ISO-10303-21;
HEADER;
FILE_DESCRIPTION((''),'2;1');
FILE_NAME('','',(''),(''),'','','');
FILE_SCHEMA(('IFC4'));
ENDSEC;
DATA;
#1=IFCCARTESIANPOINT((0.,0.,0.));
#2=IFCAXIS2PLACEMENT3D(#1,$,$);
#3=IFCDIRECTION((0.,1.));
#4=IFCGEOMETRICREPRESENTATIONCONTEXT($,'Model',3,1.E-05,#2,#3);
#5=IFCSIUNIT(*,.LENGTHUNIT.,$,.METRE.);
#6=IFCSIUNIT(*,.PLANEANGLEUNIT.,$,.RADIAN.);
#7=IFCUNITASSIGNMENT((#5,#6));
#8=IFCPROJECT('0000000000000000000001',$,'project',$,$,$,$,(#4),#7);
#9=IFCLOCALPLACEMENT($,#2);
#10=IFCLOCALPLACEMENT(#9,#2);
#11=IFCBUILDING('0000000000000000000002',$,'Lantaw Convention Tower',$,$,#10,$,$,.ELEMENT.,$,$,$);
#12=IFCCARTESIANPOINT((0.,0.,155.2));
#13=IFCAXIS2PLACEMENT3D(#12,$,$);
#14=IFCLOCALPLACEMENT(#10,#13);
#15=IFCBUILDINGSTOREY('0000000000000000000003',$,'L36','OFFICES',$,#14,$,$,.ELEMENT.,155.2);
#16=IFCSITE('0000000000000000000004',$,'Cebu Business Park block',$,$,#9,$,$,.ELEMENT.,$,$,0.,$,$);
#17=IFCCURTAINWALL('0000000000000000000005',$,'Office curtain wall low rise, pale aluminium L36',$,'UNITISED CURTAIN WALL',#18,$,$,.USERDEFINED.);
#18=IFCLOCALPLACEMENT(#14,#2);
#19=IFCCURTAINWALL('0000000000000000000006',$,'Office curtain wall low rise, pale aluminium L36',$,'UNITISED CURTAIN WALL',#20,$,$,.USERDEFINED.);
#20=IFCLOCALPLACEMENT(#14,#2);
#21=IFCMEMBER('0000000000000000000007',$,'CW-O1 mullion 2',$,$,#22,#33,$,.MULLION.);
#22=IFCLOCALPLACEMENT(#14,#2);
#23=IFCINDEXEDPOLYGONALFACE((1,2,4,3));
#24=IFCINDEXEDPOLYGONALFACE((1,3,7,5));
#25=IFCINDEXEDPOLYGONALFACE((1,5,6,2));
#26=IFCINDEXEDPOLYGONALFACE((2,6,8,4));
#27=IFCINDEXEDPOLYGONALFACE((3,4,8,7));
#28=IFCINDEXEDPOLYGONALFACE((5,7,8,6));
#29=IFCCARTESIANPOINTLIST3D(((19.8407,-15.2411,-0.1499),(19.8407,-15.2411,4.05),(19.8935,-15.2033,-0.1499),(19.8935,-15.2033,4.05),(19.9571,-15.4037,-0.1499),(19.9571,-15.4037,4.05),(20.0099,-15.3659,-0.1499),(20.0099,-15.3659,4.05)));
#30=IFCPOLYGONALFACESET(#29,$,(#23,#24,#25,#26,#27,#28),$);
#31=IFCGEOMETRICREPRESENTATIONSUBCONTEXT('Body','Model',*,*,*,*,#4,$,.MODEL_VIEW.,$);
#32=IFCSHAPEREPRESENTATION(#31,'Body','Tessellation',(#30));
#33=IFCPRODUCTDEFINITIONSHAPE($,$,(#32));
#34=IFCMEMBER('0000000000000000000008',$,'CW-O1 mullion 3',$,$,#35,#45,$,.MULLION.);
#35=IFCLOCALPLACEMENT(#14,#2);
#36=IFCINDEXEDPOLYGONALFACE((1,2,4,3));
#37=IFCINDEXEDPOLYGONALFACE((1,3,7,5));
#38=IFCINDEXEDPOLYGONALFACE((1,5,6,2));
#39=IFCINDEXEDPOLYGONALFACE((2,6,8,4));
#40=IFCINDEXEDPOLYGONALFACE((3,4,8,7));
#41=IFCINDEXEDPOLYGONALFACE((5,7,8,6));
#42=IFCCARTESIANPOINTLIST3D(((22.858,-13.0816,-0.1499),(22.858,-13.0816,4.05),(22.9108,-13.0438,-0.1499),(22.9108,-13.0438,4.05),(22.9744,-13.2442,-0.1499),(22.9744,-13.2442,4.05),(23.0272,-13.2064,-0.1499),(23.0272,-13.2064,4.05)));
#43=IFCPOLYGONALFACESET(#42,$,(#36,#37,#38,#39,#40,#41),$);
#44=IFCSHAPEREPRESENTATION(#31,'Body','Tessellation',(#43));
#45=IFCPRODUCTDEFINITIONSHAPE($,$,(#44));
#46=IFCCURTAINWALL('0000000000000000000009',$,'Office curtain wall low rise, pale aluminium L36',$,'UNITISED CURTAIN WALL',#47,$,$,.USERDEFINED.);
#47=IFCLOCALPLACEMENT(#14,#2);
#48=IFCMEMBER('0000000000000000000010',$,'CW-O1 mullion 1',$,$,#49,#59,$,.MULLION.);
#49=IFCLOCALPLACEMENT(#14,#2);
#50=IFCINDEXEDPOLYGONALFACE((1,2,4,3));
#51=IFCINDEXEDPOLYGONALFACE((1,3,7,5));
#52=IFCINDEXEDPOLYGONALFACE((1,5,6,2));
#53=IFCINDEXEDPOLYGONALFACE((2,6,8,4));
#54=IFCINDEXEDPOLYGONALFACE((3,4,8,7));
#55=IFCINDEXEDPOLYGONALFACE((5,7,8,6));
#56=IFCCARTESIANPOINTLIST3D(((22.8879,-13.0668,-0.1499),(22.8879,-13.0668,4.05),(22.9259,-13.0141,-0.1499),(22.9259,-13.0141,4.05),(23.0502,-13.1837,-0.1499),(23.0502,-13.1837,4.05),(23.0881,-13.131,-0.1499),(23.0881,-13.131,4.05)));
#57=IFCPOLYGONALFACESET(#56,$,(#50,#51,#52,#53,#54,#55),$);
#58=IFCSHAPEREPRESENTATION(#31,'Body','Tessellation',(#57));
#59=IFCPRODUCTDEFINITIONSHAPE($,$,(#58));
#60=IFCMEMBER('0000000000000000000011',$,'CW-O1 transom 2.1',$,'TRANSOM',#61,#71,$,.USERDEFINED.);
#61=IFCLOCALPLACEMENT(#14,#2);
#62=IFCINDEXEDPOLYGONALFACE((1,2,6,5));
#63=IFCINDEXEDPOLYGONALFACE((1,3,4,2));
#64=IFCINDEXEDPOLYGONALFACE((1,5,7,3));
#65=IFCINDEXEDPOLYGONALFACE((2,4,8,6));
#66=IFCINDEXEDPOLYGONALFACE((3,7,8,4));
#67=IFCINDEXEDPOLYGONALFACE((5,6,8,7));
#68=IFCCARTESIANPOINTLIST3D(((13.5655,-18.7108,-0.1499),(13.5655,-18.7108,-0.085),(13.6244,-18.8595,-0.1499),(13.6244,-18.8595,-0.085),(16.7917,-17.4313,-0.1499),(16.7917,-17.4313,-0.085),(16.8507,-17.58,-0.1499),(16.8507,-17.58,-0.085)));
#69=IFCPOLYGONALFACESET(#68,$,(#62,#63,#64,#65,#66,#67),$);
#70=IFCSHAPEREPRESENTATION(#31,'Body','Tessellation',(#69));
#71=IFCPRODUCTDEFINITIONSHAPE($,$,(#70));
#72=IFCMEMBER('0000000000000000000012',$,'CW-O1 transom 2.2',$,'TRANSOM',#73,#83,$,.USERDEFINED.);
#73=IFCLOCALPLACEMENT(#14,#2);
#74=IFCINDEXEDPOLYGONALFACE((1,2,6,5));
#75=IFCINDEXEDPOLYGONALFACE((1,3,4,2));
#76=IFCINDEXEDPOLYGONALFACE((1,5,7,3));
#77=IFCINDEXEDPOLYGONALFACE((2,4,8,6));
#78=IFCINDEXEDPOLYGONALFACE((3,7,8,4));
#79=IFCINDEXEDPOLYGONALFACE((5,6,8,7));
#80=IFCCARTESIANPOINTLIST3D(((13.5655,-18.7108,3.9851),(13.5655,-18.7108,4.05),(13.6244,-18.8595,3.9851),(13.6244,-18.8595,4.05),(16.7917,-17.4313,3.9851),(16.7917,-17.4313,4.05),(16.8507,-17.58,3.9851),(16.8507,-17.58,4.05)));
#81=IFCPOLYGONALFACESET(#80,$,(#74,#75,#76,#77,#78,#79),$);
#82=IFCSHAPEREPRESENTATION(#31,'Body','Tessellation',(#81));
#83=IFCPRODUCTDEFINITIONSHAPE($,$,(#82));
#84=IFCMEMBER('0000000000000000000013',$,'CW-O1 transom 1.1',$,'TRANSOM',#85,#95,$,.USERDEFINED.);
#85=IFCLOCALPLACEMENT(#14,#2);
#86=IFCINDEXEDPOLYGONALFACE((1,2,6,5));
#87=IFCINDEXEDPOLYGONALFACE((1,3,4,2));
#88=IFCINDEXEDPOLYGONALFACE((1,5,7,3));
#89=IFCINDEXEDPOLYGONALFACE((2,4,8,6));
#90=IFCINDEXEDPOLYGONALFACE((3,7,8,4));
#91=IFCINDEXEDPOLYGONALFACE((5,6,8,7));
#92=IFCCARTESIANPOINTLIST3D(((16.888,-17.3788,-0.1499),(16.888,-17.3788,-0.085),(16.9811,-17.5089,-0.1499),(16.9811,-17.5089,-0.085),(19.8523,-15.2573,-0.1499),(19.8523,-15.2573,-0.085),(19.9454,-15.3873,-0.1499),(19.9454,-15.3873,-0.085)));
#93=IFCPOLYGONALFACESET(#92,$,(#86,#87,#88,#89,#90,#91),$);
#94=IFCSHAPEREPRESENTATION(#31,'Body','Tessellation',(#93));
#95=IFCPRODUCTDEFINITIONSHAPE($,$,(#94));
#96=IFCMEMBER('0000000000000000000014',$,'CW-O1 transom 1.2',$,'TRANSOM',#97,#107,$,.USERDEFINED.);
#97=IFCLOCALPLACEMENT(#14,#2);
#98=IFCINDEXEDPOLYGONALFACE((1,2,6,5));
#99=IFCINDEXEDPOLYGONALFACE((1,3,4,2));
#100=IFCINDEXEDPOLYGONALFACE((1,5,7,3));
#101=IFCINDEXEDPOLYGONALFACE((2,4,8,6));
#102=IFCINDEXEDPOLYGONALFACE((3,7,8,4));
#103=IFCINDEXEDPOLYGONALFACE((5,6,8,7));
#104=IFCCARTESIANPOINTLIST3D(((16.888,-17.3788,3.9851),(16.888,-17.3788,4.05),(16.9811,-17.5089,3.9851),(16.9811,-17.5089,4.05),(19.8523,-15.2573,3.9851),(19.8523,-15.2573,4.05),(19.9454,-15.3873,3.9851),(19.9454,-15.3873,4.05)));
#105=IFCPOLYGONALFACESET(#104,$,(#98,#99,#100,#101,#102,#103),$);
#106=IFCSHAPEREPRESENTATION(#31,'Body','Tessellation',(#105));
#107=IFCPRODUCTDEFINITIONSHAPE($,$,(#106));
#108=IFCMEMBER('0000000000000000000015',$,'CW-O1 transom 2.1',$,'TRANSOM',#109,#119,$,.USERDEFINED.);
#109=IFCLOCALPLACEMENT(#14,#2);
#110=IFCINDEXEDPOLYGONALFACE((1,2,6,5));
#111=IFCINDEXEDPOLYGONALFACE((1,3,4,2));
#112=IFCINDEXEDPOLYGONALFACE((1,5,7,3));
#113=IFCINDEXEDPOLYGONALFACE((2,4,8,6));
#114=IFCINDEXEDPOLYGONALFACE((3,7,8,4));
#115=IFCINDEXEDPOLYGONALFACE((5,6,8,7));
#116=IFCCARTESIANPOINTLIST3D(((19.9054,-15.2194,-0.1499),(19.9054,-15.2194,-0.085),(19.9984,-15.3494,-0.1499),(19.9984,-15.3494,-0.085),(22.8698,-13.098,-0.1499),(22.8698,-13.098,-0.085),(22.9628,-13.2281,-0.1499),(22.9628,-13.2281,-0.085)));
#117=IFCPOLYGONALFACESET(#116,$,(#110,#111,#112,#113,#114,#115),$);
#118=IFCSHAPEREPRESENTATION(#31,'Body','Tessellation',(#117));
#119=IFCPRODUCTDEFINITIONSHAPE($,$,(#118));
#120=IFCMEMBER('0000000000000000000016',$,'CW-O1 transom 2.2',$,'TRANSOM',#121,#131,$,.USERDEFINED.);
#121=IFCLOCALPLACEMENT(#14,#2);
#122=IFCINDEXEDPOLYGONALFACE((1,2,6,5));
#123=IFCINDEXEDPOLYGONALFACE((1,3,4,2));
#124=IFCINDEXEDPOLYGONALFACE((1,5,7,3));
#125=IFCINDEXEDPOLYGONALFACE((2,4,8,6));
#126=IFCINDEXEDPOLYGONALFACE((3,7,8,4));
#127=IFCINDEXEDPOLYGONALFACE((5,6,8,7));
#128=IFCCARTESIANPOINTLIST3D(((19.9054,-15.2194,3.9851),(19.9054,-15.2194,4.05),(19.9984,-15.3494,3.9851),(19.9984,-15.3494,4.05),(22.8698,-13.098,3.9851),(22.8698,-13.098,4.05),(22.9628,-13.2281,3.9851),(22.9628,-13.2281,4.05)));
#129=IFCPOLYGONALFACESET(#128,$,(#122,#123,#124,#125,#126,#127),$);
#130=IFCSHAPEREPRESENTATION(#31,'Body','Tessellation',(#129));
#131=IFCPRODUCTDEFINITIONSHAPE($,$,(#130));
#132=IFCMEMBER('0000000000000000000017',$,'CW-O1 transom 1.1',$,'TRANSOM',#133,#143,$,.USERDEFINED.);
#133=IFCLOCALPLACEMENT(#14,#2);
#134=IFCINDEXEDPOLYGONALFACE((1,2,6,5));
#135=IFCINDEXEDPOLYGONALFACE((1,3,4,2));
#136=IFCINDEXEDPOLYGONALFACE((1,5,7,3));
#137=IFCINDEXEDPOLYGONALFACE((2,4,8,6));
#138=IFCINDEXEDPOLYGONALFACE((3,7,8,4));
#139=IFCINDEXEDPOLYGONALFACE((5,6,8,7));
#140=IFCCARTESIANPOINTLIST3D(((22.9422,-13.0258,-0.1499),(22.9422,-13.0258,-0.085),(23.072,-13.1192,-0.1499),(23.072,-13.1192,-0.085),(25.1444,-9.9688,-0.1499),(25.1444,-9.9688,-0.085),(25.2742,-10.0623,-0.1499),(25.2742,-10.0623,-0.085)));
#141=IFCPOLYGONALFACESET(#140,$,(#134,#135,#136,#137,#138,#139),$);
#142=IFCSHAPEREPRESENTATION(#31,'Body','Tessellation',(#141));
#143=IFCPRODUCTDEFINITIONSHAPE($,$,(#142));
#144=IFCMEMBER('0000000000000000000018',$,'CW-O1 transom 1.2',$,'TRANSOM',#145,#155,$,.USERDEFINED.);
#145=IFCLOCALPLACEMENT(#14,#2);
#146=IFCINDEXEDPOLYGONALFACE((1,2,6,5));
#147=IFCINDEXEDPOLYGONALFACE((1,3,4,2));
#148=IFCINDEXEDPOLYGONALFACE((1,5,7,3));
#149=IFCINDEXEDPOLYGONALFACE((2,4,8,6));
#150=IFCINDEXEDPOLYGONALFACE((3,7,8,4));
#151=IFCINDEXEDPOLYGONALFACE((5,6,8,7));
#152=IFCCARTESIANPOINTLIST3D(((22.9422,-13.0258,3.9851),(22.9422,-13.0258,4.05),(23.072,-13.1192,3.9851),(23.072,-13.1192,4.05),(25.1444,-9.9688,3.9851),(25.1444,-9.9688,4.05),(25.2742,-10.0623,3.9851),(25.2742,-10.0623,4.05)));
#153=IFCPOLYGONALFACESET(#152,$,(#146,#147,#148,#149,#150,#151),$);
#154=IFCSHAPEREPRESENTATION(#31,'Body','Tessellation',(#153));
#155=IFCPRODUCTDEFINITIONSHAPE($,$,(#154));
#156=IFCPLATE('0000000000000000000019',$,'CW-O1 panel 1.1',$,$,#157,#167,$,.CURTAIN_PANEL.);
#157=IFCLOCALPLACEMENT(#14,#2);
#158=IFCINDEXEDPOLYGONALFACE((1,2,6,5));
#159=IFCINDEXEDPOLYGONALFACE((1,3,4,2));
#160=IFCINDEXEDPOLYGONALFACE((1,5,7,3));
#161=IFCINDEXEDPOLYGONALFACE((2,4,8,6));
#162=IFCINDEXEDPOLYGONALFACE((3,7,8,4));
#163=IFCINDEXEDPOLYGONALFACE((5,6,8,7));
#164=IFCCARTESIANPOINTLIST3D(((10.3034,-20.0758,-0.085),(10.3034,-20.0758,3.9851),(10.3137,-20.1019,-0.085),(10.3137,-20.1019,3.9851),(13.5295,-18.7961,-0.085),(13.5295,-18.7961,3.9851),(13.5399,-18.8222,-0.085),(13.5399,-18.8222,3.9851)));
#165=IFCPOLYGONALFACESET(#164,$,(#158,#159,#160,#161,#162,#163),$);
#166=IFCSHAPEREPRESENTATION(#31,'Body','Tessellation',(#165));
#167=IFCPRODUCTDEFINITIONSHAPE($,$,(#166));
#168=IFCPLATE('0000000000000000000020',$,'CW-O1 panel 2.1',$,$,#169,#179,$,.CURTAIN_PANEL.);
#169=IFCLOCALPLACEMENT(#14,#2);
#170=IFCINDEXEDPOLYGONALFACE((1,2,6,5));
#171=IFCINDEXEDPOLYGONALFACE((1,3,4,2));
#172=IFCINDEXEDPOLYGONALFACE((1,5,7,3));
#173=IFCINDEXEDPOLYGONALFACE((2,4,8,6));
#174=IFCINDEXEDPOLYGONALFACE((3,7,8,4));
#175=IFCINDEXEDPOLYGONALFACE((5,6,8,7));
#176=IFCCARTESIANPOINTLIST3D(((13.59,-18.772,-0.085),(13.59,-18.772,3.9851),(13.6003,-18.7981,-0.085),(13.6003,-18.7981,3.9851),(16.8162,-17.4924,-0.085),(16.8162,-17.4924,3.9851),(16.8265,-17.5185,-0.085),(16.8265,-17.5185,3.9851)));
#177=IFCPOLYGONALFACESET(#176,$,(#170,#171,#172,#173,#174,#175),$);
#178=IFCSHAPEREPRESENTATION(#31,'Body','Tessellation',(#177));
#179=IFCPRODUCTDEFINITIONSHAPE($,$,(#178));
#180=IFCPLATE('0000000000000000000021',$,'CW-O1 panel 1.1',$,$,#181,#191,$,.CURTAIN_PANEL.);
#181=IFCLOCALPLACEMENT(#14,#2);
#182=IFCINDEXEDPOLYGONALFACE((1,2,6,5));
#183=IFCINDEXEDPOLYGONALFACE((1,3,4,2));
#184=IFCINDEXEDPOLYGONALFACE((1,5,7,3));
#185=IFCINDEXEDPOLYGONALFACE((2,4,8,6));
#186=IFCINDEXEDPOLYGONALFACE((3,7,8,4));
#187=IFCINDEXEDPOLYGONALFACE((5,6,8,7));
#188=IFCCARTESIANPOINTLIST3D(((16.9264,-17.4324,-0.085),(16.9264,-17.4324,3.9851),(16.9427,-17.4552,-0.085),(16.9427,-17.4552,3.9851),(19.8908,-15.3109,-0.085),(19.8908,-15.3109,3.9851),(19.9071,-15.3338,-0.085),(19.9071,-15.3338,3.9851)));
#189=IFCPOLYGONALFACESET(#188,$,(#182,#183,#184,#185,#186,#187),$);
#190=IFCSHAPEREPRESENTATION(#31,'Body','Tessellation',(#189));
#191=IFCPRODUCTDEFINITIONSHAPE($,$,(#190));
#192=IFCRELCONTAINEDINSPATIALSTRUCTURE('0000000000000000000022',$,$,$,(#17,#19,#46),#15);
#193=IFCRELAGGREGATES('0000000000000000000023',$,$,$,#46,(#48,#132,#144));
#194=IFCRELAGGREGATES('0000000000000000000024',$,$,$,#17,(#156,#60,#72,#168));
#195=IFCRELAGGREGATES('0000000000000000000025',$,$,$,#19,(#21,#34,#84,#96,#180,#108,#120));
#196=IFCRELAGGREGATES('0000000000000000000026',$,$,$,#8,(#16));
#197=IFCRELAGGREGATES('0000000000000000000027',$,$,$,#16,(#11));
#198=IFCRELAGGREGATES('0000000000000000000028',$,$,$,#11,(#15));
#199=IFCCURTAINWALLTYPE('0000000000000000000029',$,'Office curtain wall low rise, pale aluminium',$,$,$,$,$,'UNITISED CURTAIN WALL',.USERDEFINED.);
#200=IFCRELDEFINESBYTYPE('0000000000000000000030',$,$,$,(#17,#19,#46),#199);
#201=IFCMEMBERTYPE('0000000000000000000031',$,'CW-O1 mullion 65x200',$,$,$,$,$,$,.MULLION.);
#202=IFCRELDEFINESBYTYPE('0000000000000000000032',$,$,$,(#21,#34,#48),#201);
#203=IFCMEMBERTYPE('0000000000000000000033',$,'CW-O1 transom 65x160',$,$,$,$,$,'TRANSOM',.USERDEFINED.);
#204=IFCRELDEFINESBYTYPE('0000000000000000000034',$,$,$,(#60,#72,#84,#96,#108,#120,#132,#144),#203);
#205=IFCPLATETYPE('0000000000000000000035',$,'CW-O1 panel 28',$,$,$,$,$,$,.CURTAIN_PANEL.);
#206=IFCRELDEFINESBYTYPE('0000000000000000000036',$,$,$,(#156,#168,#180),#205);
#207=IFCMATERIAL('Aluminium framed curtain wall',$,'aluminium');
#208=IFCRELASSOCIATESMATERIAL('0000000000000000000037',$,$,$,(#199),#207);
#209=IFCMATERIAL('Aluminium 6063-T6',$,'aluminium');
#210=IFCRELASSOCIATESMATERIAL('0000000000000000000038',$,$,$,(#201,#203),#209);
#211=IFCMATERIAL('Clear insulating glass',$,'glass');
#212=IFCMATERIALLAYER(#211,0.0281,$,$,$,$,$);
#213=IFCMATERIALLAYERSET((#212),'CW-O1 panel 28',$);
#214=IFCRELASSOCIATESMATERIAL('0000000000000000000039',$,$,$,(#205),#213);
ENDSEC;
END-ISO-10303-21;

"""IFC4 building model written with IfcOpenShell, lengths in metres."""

from ifc_helpers import new_model, si_unit, direction, frame, origin, origin_2d, place, context, subcontext, project, spatial, rectangle, extrude, material, layer, layer_set, material_profile, profile_set, type_object, element, aggregate, save


model = new_model("IFC4")

# Units and contexts
model_context = context("Model", 3, precision=1e-05, world=origin(), true_north=direction((0.0, 1.0)))
body_context = subcontext(model_context, "Body", "Model", "MODEL_VIEW")
ifc_project = project(units=[si_unit("LENGTHUNIT", "METRE"), si_unit("PLANEANGLEUNIT", "RADIAN")], contexts=[model_context])

# Site, building, storey
site_placement = place(None, origin())
site = spatial("IfcSite", under=ifc_project, at=site_placement, Name="Cebu Business Park block", CompositionType="ELEMENT", RefElevation=0.0)
building_placement = place(site_placement, origin())
building = spatial("IfcBuilding", under=site, at=building_placement, Name="Lantaw Convention Tower", CompositionType="ELEMENT")
storey_placement = place(building_placement, frame((0.0, 0.0, 155.2)))
storey = spatial("IfcBuildingStorey", under=building, at=storey_placement, Name="L36", Description="OFFICES", CompositionType="ELEMENT", Elevation=155.2)

# Curtain walls, members
ifc_material_1 = material(Name="Aluminium framed curtain wall", Category="aluminium")
curtain_wall_type = type_object("IfcCurtainWallType", Name="Office curtain wall low rise, pale aluminium", ElementType="UNITISED CURTAIN WALL", PredefinedType="USERDEFINED", material=ifc_material_1)
curtain_wall_1_placement = place(storey_placement, origin())
curtain_wall_1 = element("IfcCurtainWall", 1, at=curtain_wall_1_placement, inside=storey, type_object=curtain_wall_type, Name="Office curtain wall low rise, pale aluminium L36", ObjectType="UNITISED CURTAIN WALL", PredefinedType="USERDEFINED")
ifc_material_2 = material(Name="Aluminium 6063-T6", Category="aluminium")
ifc_material_profile_1 = material_profile(ifc_material_2, rectangle(XDim=0.2, YDim=0.0649, at=origin_2d()), Name="CW-O1 mullion 65x200")
ifc_profile_set_1 = profile_set([ifc_material_profile_1], Name="Aluminium 6063-T6")
member_type_1 = type_object("IfcMemberType", Name="CW-O1 mullion 65x200", PredefinedType="MULLION", material=ifc_profile_set_1)
curtain_wall_2_placement = place(storey_placement, origin())
curtain_wall_2 = element("IfcCurtainWall", 2, at=curtain_wall_2_placement, inside=storey, type_object=curtain_wall_type, Name="Office curtain wall low rise, pale aluminium L36", ObjectType="UNITISED CURTAIN WALL", PredefinedType="USERDEFINED")
member_1_placement = place(storey_placement, frame((19.9253, -15.3035, -0.1499), z_axis=(0.0, 0.0, 1.0), x_axis=(-0.581973, 0.813208, 0.0)))
member_1 = element("IfcMember", 3, at=member_1_placement, type_object=member_type_1, Name="CW-O1 mullion 2", PredefinedType="MULLION", context=body_context, shape_type="SweptSolid", body=[
    extrude(rectangle(XDim=0.2, YDim=0.0649, at=origin_2d()), origin(), (0.0, 0.0, 1.0), 4.2),
])
member_2_placement = place(storey_placement, frame((22.9426, -13.144, -0.1499), z_axis=(0.0, 0.0, 1.0), x_axis=(-0.581973, 0.813208, 0.0)))
member_2 = element("IfcMember", 4, at=member_2_placement, type_object=member_type_1, Name="CW-O1 mullion 3", PredefinedType="MULLION", context=body_context, shape_type="SweptSolid", body=[
    extrude(rectangle(XDim=0.2, YDim=0.0649, at=origin_2d()), origin(), (0.0, 0.0, 1.0), 4.2),
])

# Curtain wall, member
curtain_wall_3_placement = place(storey_placement, origin())
curtain_wall_3 = element("IfcCurtainWall", 5, at=curtain_wall_3_placement, inside=storey, type_object=curtain_wall_type, Name="Office curtain wall low rise, pale aluminium L36", ObjectType="UNITISED CURTAIN WALL", PredefinedType="USERDEFINED")
member_3_placement = place(storey_placement, frame((22.988, -13.0989, -0.1499), z_axis=(0.0, 0.0, 1.0), x_axis=(-0.811385, 0.584513, 0.0)))
member_3 = element("IfcMember", 6, at=member_3_placement, type_object=member_type_1, Name="CW-O1 mullion 1", PredefinedType="MULLION", context=body_context, shape_type="SweptSolid", body=[
    extrude(rectangle(XDim=0.2, YDim=0.0649, at=origin_2d()), origin(), (0.0, 0.0, 1.0), 4.2),
])

# Members
ifc_material_profile_2 = material_profile(ifc_material_2, rectangle(XDim=0.1599, YDim=0.0649, at=origin_2d()), Name="CW-O1 transom 65x160")
ifc_profile_set_2 = profile_set([ifc_material_profile_2], Name="Aluminium 6063-T6")
member_type_2 = type_object("IfcMemberType", Name="CW-O1 transom 65x160", ElementType="TRANSOM", PredefinedType="USERDEFINED", material=ifc_profile_set_2)
member_4_placement = place(storey_placement, frame((13.595, -18.7852, -0.1174), z_axis=(0.929564, 0.36866, 0.0), x_axis=(-0.36866, 0.929564, 0.0)))
member_4 = element("IfcMember", 7, at=member_4_placement, type_object=member_type_2, Name="CW-O1 transom 2.1", ObjectType="TRANSOM", PredefinedType="USERDEFINED", context=body_context, shape_type="SweptSolid", body=[
    extrude(rectangle(XDim=0.1599, YDim=0.0649, at=origin_2d()), origin(), (0.0, 0.0, 1.0), 3.4707),
])
member_5_placement = place(storey_placement, frame((13.595, -18.7852, 4.0176), z_axis=(0.929564, 0.36866, 0.0), x_axis=(-0.36866, 0.929564, 0.0)))
member_5 = element("IfcMember", 8, at=member_5_placement, type_object=member_type_2, Name="CW-O1 transom 2.2", ObjectType="TRANSOM", PredefinedType="USERDEFINED", context=body_context, shape_type="SweptSolid", body=[
    extrude(rectangle(XDim=0.1599, YDim=0.0649, at=origin_2d()), origin(), (0.0, 0.0, 1.0), 3.4707),
])
member_6_placement = place(storey_placement, frame((16.9346, -17.4438, -0.1174), z_axis=(0.81319, 0.581998, 0.0), x_axis=(-0.581998, 0.81319, 0.0)))
member_6 = element("IfcMember", 9, at=member_6_placement, type_object=member_type_2, Name="CW-O1 transom 1.1", ObjectType="TRANSOM", PredefinedType="USERDEFINED", context=body_context, shape_type="SweptSolid", body=[
    extrude(rectangle(XDim=0.1599, YDim=0.0649, at=origin_2d()), origin(), (0.0, 0.0, 1.0), 3.6453),
])
member_7_placement = place(storey_placement, frame((16.9346, -17.4438, 4.0176), z_axis=(0.81319, 0.581998, 0.0), x_axis=(-0.581998, 0.81319, 0.0)))
member_7 = element("IfcMember", 10, at=member_7_placement, type_object=member_type_2, Name="CW-O1 transom 1.2", ObjectType="TRANSOM", PredefinedType="USERDEFINED", context=body_context, shape_type="SweptSolid", body=[
    extrude(rectangle(XDim=0.1599, YDim=0.0649, at=origin_2d()), origin(), (0.0, 0.0, 1.0), 3.6453),
])
member_8_placement = place(storey_placement, frame((19.9519, -15.2844, -0.1174), z_axis=(0.813222, 0.581954, 0.0), x_axis=(-0.581954, 0.813222, 0.0)))
member_8 = element("IfcMember", 11, at=member_8_placement, type_object=member_type_2, Name="CW-O1 transom 2.1", ObjectType="TRANSOM", PredefinedType="USERDEFINED", context=body_context, shape_type="SweptSolid", body=[
    extrude(rectangle(XDim=0.1599, YDim=0.0649, at=origin_2d()), origin(), (0.0, 0.0, 1.0), 3.6453),
])
member_9_placement = place(storey_placement, frame((19.9519, -15.2844, 4.0176), z_axis=(0.813222, 0.581954, 0.0), x_axis=(-0.581954, 0.813222, 0.0)))
member_9 = element("IfcMember", 12, at=member_9_placement, type_object=member_type_2, Name="CW-O1 transom 2.2", ObjectType="TRANSOM", PredefinedType="USERDEFINED", context=body_context, shape_type="SweptSolid", body=[
    extrude(rectangle(XDim=0.1599, YDim=0.0649, at=origin_2d()), origin(), (0.0, 0.0, 1.0), 3.6453),
])
member_10_placement = place(storey_placement, frame((23.0071, -13.0725, -0.1174), z_axis=(0.584513, 0.811384, 0.0), x_axis=(-0.811384, 0.584513, 0.0)))
member_10 = element("IfcMember", 13, at=member_10_placement, type_object=member_type_2, Name="CW-O1 transom 1.1", ObjectType="TRANSOM", PredefinedType="USERDEFINED", context=body_context, shape_type="SweptSolid", body=[
    extrude(rectangle(XDim=0.1599, YDim=0.0649, at=origin_2d()), origin(), (0.0, 0.0, 1.0), 3.7676),
])
member_11_placement = place(storey_placement, frame((23.0071, -13.0725, 4.0176), z_axis=(0.584513, 0.811384, 0.0), x_axis=(-0.811384, 0.584513, 0.0)))
member_11 = element("IfcMember", 14, at=member_11_placement, type_object=member_type_2, Name="CW-O1 transom 1.2", ObjectType="TRANSOM", PredefinedType="USERDEFINED", context=body_context, shape_type="SweptSolid", body=[
    extrude(rectangle(XDim=0.1599, YDim=0.0649, at=origin_2d()), origin(), (0.0, 0.0, 1.0), 3.7676),
])
aggregate(curtain_wall_3, [member_3, member_10, member_11])

# Plates
ifc_material_3 = material(Name="Clear insulating glass", Category="glass")
ifc_layer_1 = layer(ifc_material_3, 0.0281)
ifc_layer_set_1 = layer_set([ifc_layer_1], Name="CW-O1 panel 28")
plate_type_1 = type_object("IfcPlateType", Name="CW-O1 panel 28", PredefinedType="CURTAIN_PANEL", material=ifc_layer_set_1)
plate_1_placement = place(storey_placement, frame((11.9216, -19.449, -0.085), z_axis=(0.0, 0.0, 1.0), x_axis=(0.929548, 0.368702, 0.0)))
plate_1 = element("IfcPlate", 15, at=plate_1_placement, type_object=plate_type_1, Name="CW-O1 panel 1.1", PredefinedType="CURTAIN_PANEL", context=body_context, shape_type="SweptSolid", body=[
    extrude(rectangle(XDim=3.4707, YDim=0.0281, at=origin_2d()), origin(), (0.0, 0.0, 1.0), 4.0701),
])
plate_2_placement = place(storey_placement, frame((15.2083, -18.1453, -0.085), z_axis=(0.0, 0.0, 1.0), x_axis=(0.929548, 0.368702, 0.0)))
plate_2 = element("IfcPlate", 16, at=plate_2_placement, type_object=plate_type_1, Name="CW-O1 panel 2.1", PredefinedType="CURTAIN_PANEL", context=body_context, shape_type="SweptSolid", body=[
    extrude(rectangle(XDim=3.4707, YDim=0.0281, at=origin_2d()), origin(), (0.0, 0.0, 1.0), 4.0701),
])
aggregate(curtain_wall_1, [plate_1, member_4, member_5, plate_2])
plate_3_placement = place(storey_placement, frame((18.4167, -16.3831, -0.085), z_axis=(0.0, 0.0, 1.0), x_axis=(0.813208, 0.581973, 0.0)))
plate_3 = element("IfcPlate", 17, at=plate_3_placement, type_object=plate_type_1, Name="CW-O1 panel 1.1", PredefinedType="CURTAIN_PANEL", context=body_context, shape_type="SweptSolid", body=[
    extrude(rectangle(XDim=3.6453, YDim=0.0281, at=origin_2d()), origin(), (0.0, 0.0, 1.0), 4.0701),
])
aggregate(curtain_wall_2, [member_1, member_2, member_6, member_7, plate_3, member_8, member_9])

save(model, "model.ifc")
